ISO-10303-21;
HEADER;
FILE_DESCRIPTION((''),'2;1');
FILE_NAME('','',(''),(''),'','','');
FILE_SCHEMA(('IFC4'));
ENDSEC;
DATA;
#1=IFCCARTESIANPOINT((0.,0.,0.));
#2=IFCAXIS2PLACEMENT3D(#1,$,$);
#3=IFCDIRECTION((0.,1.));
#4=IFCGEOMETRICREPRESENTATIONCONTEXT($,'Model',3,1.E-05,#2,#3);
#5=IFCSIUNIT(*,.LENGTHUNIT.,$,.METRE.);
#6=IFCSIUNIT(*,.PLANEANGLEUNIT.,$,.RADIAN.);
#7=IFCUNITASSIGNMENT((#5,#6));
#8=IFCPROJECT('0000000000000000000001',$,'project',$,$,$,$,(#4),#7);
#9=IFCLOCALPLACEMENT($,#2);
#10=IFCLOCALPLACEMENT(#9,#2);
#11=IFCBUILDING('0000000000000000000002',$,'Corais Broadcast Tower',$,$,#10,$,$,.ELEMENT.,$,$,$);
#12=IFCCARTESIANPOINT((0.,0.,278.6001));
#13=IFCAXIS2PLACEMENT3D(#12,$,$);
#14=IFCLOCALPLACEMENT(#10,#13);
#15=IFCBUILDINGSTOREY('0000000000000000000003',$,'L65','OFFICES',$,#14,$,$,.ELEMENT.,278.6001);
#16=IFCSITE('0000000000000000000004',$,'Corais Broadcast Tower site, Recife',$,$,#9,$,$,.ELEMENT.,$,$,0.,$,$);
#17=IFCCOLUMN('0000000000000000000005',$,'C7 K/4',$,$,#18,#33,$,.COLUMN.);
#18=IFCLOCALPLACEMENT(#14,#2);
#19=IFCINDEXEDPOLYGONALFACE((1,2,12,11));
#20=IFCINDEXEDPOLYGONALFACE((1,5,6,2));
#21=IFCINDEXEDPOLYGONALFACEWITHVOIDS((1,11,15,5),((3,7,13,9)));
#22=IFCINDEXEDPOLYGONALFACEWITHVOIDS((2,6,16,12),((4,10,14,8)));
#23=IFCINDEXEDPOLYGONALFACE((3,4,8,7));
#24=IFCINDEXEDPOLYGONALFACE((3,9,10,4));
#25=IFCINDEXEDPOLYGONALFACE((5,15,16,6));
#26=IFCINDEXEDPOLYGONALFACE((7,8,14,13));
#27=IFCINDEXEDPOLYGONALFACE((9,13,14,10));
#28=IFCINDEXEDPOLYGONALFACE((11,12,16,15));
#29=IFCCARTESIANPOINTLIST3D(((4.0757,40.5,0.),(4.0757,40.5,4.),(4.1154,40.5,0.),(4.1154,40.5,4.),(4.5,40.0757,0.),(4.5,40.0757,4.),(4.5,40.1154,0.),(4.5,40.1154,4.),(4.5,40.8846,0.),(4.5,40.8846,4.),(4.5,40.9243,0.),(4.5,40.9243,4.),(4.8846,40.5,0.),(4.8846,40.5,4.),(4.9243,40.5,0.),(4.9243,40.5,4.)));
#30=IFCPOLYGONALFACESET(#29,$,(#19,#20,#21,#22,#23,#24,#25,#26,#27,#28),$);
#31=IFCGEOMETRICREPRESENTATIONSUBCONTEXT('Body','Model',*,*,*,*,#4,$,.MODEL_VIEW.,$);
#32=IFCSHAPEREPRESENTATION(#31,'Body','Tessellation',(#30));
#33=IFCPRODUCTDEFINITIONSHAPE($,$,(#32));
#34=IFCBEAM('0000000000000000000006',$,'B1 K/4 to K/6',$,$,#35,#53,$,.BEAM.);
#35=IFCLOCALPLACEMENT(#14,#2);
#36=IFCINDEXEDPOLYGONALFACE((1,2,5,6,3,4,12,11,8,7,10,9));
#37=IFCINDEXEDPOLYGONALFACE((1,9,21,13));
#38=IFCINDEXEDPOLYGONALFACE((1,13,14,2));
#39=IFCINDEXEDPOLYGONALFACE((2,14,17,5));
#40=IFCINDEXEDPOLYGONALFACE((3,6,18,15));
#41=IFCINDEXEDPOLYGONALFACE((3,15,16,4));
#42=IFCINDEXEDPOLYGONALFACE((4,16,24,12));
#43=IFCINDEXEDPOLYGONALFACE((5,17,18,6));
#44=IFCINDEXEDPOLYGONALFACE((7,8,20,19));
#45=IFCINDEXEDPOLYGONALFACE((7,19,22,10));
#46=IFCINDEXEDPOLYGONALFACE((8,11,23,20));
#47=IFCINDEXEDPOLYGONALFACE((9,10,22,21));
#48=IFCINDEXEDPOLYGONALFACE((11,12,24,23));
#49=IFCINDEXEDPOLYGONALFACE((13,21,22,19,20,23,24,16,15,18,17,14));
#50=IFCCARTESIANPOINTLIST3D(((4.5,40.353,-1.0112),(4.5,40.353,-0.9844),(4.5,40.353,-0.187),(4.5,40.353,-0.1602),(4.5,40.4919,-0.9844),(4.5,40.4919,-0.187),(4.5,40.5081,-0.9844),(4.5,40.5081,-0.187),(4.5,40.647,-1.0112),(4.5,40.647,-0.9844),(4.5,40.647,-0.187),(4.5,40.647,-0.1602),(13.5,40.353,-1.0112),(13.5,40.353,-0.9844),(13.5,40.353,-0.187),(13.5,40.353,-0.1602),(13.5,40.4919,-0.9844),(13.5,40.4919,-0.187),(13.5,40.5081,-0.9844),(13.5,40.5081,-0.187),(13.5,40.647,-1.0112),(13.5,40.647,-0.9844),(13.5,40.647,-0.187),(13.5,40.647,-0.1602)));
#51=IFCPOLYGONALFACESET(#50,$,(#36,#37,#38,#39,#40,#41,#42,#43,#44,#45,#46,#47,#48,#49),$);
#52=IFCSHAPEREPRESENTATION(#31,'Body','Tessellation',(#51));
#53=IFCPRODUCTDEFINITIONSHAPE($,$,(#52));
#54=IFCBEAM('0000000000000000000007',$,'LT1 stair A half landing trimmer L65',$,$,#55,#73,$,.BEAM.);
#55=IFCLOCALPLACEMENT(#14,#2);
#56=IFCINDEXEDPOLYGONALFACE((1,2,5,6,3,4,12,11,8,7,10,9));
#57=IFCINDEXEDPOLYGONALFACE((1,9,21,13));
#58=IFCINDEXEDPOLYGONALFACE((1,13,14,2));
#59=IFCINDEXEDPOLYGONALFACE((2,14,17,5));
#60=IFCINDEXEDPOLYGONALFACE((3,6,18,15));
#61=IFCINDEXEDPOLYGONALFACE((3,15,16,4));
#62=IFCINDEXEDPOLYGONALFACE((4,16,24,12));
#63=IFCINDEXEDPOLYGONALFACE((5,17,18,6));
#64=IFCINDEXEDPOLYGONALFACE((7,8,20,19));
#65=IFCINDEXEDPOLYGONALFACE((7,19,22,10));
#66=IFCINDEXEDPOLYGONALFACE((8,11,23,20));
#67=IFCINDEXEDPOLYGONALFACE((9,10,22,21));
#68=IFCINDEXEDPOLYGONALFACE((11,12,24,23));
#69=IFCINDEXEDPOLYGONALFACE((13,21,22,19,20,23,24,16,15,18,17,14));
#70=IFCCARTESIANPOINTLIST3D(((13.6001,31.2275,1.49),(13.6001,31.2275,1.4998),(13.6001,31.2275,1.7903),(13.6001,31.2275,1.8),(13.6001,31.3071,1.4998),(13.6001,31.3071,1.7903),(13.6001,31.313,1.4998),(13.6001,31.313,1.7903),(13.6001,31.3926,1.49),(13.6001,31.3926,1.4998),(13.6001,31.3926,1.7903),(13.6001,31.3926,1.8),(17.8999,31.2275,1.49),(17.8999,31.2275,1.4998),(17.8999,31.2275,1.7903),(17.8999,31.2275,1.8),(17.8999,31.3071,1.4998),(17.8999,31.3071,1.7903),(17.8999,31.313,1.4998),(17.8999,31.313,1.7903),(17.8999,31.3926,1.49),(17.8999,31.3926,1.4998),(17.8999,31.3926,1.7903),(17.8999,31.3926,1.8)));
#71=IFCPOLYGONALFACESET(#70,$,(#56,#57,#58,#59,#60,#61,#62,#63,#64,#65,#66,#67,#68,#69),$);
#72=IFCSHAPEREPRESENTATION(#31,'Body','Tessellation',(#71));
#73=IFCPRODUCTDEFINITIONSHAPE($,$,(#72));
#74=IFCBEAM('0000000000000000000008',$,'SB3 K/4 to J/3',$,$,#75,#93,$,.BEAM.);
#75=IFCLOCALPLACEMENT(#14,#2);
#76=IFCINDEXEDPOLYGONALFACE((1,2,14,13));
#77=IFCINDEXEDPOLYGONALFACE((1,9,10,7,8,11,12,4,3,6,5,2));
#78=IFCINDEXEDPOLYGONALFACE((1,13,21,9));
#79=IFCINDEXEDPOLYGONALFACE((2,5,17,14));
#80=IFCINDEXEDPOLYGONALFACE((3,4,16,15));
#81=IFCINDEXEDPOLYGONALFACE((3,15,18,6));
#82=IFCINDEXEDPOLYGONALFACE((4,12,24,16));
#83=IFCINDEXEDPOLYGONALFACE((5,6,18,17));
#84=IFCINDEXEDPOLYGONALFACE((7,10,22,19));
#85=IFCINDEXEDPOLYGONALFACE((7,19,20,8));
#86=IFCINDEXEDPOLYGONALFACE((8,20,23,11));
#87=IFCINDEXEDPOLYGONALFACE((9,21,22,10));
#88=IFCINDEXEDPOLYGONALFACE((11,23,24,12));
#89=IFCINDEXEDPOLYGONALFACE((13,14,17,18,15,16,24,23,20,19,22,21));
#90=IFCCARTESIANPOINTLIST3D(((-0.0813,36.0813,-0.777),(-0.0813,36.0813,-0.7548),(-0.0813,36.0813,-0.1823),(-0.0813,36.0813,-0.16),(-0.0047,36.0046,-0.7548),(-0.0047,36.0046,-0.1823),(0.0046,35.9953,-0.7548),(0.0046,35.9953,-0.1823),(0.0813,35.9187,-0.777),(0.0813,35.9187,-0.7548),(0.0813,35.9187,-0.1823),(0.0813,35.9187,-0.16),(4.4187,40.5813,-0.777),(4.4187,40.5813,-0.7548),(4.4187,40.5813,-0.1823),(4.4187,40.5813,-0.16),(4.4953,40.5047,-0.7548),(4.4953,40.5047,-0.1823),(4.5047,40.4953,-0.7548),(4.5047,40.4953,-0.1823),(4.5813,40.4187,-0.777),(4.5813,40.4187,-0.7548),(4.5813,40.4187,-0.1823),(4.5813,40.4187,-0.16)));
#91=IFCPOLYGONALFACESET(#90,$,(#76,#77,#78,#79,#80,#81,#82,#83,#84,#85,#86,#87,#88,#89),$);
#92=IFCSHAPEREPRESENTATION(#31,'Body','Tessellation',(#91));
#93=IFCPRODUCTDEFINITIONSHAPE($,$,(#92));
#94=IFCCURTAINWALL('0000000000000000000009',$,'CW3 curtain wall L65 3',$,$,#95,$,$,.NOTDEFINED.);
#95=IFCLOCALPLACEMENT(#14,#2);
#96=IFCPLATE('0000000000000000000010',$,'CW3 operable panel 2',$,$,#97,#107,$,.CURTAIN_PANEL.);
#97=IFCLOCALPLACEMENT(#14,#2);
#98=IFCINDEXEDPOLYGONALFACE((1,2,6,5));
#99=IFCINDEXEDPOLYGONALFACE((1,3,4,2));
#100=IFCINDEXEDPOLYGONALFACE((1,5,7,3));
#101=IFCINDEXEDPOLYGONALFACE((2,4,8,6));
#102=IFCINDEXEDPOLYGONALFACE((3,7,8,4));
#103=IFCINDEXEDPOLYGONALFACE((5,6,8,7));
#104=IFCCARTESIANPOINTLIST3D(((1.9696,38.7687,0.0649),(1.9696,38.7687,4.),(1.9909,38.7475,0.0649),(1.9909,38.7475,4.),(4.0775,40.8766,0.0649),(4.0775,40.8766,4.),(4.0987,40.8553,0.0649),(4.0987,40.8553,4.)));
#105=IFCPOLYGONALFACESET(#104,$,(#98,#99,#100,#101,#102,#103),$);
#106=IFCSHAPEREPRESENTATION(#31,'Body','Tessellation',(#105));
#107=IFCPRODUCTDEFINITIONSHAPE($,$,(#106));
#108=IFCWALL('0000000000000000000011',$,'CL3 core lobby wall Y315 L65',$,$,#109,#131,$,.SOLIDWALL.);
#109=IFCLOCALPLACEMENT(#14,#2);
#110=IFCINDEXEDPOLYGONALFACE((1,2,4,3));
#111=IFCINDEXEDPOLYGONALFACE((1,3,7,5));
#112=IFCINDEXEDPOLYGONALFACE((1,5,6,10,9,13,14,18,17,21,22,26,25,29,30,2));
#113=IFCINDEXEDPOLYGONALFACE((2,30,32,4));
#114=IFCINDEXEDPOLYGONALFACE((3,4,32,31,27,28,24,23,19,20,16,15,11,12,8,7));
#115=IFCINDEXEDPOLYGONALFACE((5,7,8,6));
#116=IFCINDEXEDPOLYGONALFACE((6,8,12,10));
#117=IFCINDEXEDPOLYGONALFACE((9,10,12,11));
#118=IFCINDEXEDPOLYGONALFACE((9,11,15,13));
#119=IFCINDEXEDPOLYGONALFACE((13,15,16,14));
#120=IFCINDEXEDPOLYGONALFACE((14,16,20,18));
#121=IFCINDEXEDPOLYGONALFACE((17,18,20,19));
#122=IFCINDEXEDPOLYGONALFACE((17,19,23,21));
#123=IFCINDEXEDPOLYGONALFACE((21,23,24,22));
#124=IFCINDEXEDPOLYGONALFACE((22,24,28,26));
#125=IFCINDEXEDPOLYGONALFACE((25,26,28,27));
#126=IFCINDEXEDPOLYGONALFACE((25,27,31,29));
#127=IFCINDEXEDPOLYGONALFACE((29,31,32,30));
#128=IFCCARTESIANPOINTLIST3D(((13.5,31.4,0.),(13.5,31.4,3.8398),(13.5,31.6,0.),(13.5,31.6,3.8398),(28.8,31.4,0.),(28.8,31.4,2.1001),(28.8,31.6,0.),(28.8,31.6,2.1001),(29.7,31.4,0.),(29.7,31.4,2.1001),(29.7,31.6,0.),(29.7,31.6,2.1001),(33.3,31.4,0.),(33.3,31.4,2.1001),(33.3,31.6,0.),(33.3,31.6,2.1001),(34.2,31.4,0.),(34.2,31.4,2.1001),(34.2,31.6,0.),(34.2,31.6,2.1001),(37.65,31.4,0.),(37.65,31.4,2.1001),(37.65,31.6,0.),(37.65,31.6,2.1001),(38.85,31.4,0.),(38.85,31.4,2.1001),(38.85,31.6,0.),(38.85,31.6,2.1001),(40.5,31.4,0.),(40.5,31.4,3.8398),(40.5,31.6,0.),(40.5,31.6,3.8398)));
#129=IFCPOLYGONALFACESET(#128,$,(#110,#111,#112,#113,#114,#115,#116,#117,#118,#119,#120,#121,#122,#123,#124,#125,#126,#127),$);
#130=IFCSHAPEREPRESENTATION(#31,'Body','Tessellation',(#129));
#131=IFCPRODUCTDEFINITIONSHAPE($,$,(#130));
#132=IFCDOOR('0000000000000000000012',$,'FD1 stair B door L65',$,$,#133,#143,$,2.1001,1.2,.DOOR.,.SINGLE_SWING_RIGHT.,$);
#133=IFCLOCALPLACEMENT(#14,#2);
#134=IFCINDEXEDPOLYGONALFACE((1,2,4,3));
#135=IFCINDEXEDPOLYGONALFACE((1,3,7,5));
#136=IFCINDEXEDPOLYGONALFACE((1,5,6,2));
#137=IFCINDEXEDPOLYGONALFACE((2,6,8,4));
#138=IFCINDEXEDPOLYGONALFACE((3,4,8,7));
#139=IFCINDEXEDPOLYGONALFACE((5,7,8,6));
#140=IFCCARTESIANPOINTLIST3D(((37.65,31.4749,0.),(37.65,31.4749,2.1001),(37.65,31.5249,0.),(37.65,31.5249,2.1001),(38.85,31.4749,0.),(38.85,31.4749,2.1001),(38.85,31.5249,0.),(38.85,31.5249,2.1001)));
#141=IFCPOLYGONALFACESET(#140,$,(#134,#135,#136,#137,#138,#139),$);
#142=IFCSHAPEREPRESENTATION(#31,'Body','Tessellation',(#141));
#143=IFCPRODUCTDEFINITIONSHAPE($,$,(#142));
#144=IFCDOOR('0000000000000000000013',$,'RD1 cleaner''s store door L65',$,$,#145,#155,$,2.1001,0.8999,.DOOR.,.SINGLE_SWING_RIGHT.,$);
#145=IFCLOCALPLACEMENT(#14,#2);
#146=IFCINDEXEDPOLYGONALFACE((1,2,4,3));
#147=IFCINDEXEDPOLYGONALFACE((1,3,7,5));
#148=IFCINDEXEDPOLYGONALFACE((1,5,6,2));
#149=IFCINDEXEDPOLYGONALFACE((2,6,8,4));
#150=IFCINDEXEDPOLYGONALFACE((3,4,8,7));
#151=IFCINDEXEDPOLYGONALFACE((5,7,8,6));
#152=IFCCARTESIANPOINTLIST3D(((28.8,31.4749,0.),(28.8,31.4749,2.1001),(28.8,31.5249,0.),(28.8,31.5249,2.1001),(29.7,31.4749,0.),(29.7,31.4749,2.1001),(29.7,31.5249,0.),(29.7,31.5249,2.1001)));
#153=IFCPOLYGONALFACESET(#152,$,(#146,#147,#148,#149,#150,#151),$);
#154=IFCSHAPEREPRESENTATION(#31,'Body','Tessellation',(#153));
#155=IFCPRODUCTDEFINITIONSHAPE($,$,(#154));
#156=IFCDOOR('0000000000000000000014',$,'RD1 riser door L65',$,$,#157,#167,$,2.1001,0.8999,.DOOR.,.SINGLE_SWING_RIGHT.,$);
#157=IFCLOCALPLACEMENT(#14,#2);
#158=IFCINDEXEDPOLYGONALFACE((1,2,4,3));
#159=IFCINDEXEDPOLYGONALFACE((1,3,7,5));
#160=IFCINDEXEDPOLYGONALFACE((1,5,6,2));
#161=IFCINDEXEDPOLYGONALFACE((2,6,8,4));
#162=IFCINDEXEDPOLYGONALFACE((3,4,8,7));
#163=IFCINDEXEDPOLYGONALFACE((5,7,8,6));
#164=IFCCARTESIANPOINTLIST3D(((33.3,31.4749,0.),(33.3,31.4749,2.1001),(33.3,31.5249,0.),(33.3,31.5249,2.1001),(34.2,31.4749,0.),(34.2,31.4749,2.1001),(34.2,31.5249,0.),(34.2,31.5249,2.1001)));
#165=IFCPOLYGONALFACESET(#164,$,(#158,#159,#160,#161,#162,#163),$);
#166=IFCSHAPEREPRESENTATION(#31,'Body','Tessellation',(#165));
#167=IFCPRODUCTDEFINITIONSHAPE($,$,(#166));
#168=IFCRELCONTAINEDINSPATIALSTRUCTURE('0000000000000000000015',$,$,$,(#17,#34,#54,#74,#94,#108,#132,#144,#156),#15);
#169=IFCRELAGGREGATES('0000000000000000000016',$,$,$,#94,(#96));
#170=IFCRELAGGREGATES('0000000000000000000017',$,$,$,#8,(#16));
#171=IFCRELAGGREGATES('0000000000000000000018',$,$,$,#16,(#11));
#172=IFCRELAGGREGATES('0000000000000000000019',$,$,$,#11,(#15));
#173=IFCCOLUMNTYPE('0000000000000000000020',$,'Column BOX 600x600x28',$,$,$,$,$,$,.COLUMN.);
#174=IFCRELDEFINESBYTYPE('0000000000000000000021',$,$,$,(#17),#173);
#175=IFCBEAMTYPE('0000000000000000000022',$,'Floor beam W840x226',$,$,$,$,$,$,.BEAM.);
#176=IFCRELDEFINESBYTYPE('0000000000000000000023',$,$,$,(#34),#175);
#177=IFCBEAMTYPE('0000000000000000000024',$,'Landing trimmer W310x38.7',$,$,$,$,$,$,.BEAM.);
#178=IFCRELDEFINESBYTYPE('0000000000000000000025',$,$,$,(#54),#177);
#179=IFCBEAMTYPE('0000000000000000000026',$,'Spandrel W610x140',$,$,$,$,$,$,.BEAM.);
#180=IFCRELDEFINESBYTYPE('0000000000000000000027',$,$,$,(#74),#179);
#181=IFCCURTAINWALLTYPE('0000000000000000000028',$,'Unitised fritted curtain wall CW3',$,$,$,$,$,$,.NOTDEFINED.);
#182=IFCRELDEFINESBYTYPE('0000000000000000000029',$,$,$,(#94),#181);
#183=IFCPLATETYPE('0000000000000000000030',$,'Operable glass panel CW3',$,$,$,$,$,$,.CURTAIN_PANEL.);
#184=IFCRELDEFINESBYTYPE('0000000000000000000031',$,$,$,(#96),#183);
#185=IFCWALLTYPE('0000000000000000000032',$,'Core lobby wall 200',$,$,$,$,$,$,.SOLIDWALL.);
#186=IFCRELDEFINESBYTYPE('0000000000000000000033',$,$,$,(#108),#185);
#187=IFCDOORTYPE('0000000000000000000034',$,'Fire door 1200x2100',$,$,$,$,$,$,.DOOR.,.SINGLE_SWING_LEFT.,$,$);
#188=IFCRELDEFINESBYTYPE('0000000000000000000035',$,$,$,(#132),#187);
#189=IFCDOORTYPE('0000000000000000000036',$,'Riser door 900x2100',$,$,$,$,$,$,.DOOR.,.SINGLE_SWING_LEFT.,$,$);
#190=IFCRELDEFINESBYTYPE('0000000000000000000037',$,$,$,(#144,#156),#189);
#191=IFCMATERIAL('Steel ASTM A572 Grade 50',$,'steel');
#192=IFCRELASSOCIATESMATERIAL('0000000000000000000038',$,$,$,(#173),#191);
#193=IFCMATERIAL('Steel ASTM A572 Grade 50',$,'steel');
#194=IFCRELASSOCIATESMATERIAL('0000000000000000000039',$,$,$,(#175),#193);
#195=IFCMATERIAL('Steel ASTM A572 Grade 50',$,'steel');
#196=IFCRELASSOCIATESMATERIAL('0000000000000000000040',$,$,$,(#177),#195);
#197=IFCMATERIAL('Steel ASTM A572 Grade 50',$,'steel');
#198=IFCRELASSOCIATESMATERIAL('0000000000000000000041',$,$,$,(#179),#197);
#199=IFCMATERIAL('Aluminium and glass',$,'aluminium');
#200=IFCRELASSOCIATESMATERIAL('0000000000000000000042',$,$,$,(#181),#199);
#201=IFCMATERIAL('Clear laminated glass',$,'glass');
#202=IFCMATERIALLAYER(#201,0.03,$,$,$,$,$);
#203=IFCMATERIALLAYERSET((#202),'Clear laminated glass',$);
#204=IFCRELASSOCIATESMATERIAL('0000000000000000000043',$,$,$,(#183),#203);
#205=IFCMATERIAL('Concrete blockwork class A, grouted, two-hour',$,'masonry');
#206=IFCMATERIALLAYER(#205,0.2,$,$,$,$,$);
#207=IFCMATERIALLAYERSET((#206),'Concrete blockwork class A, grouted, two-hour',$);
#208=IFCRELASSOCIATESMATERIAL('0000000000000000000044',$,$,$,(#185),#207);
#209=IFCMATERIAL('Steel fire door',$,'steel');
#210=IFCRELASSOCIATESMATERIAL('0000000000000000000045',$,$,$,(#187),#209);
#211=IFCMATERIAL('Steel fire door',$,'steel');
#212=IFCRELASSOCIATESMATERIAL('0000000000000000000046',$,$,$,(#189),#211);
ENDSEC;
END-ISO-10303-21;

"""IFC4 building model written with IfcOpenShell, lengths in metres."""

from ifc_helpers import new_model, si_unit, direction, frame, frame_2d, origin, origin_2d, place, context, subcontext, project, spatial, rectangle, hollow_rectangle, i_section, extrude, material, layer, layer_set, material_profile, profile_set, type_object, element, fill, aggregate, save


model = new_model("IFC4")

# Units and contexts
model_context = context("Model", 3, precision=1e-05, world=origin(), true_north=direction((0.0, 1.0)))
body_context = subcontext(model_context, "Body", "Model", "MODEL_VIEW")
ifc_project = project(units=[si_unit("LENGTHUNIT", "METRE"), si_unit("PLANEANGLEUNIT", "RADIAN")], contexts=[model_context])

# Site, building, storey
site_placement = place(None, origin())
site = spatial("IfcSite", under=ifc_project, at=site_placement, Name="Corais Broadcast Tower site, Recife", CompositionType="ELEMENT", RefElevation=0.0)
building_placement = place(site_placement, origin())
building = spatial("IfcBuilding", under=site, at=building_placement, Name="Corais Broadcast Tower", CompositionType="ELEMENT")
storey_placement = place(building_placement, frame((0.0, 0.0, 278.6001)))
storey = spatial("IfcBuildingStorey", under=building, at=storey_placement, Name="L65", Description="OFFICES", CompositionType="ELEMENT", Elevation=278.6001)

# Column
ifc_material_1 = material(Name="Steel ASTM A572 Grade 50", Category="steel")
ifc_material_profile_1 = material_profile(ifc_material_1, hollow_rectangle(XDim=0.6001, YDim=0.6001, WallThickness=0.0281, at=origin_2d()), Name="BOX 600x600x28")
ifc_profile_set_1 = profile_set([ifc_material_profile_1], Name="Steel ASTM A572 Grade 50")
column_type = type_object("IfcColumnType", Name="Column BOX 600x600x28", PredefinedType="COLUMN", material=ifc_profile_set_1)
column_placement = place(storey_placement, frame((4.5, 40.5, 0.0), z_axis=(0.0, 0.0, 1.0), x_axis=(0.707107, 0.707107, 0.0)))
element("IfcColumn", 1, at=column_placement, inside=storey, type_object=column_type, Name="C7 K/4", PredefinedType="COLUMN", context=body_context, shape_type="SweptSolid", body=[
    extrude(hollow_rectangle(XDim=0.6001, YDim=0.6001, WallThickness=0.0281, at=origin_2d()), origin(), (0.0, 0.0, 1.0), 4.0),
])

# Beams
ifc_material_2 = material(Name="Steel ASTM A572 Grade 50", Category="steel")
ifc_material_profile_2 = material_profile(ifc_material_2, i_section(OverallWidth=0.2939, OverallDepth=0.8511, WebThickness=0.0161, FlangeThickness=0.0269, at=origin_2d()), Name="W840x226")
ifc_profile_set_2 = profile_set([ifc_material_profile_2], Name="Steel ASTM A572 Grade 50")
beam_type_1 = type_object("IfcBeamType", Name="Floor beam W840x226", PredefinedType="BEAM", material=ifc_profile_set_2)
beam_1_placement = place(storey_placement, frame((4.5, 40.5, -0.5857), z_axis=(1.0, 0.0, 0.0), x_axis=(0.0, 1.0, 0.0)))
element("IfcBeam", 2, at=beam_1_placement, inside=storey, type_object=beam_type_1, Name="B1 K/4 to K/6", PredefinedType="BEAM", context=body_context, shape_type="SweptSolid", body=[
    extrude(i_section(OverallWidth=0.2939, OverallDepth=0.8511, WebThickness=0.0161, FlangeThickness=0.0269, at=origin_2d()), origin(), (0.0, 0.0, 1.0), 9.0),
])
ifc_material_3 = material(Name="Steel ASTM A572 Grade 50", Category="steel")
ifc_material_profile_3 = material_profile(ifc_material_3, i_section(OverallWidth=0.165, OverallDepth=0.3101, WebThickness=0.0059, FlangeThickness=0.0098, at=origin_2d()), Name="W310x38.7")
ifc_profile_set_3 = profile_set([ifc_material_profile_3], Name="Steel ASTM A572 Grade 50")
beam_type_2 = type_object("IfcBeamType", Name="Landing trimmer W310x38.7", PredefinedType="BEAM", material=ifc_profile_set_3)
beam_2_placement = place(storey_placement, frame((13.6001, 31.3101, 1.645), z_axis=(1.0, 0.0, 0.0), x_axis=(0.0, 1.0, 0.0)))
element("IfcBeam", 3, at=beam_2_placement, inside=storey, type_object=beam_type_2, Name="LT1 stair A half landing trimmer L65", PredefinedType="BEAM", context=body_context, shape_type="SweptSolid", body=[
    extrude(i_section(OverallWidth=0.165, OverallDepth=0.3101, WebThickness=0.0059, FlangeThickness=0.0098, at=origin_2d()), origin(), (0.0, 0.0, 1.0), 4.2998),
])
ifc_material_4 = material(Name="Steel ASTM A572 Grade 50", Category="steel")
ifc_material_profile_4 = material_profile(ifc_material_4, i_section(OverallWidth=0.23, OverallDepth=0.6169, WebThickness=0.0132, FlangeThickness=0.0222, at=origin_2d()), Name="W610x140")
ifc_profile_set_4 = profile_set([ifc_material_profile_4], Name="Steel ASTM A572 Grade 50")
beam_type_3 = type_object("IfcBeamType", Name="Spandrel W610x140", PredefinedType="BEAM", material=ifc_profile_set_4)
beam_3_placement = place(storey_placement, frame((4.5, 40.5, -0.4685), z_axis=(-0.707107, -0.707107, 0.0), x_axis=(0.707107, -0.707107, 0.0)))
element("IfcBeam", 4, at=beam_3_placement, inside=storey, type_object=beam_type_3, Name="SB3 K/4 to J/3", PredefinedType="BEAM", context=body_context, shape_type="SweptSolid", body=[
    extrude(i_section(OverallWidth=0.23, OverallDepth=0.6169, WebThickness=0.0132, FlangeThickness=0.0222, at=origin_2d()), origin(), (0.0, 0.0, 1.0), 6.364),
])

# Curtain wall, plate
ifc_material_5 = material(Name="Aluminium and glass", Category="aluminium")
curtain_wall_type = type_object("IfcCurtainWallType", Name="Unitised fritted curtain wall CW3", PredefinedType="NOTDEFINED", material=ifc_material_5)
curtain_wall_placement = place(storey_placement, origin())
curtain_wall = element("IfcCurtainWall", 5, at=curtain_wall_placement, inside=storey, type_object=curtain_wall_type, Name="CW3 curtain wall L65 3", PredefinedType="NOTDEFINED")
ifc_material_6 = material(Name="Clear laminated glass", Category="glass")
ifc_layer_1 = layer(ifc_material_6, 0.03)
ifc_layer_set_1 = layer_set([ifc_layer_1], Name="Clear laminated glass")
plate_type = type_object("IfcPlateType", Name="Operable glass panel CW3", PredefinedType="CURTAIN_PANEL", material=ifc_layer_set_1)
plate_placement = place(storey_placement, frame((3.0342, 39.812, 0.0649), z_axis=(0.0, 0.0, 1.0), x_axis=(0.707107, 0.707107, 0.0)))
plate = element("IfcPlate", 6, at=plate_placement, type_object=plate_type, Name="CW3 operable panel 2", PredefinedType="CURTAIN_PANEL", context=body_context, shape_type="SweptSolid", body=[
    extrude(rectangle(XDim=2.981, YDim=0.03, at=origin_2d()), origin(), (0.0, 0.0, 1.0), 3.9351),
])
aggregate(curtain_wall, [plate])

# Wall, openings, doors
ifc_material_7 = material(Name="Concrete blockwork class A, grouted, two-hour", Category="masonry")
ifc_layer_2 = layer(ifc_material_7, 0.2)
ifc_layer_set_2 = layer_set([ifc_layer_2], Name="Concrete blockwork class A, grouted, two-hour")
wall_type_1 = type_object("IfcWallType", Name="Core lobby wall 200", PredefinedType="SOLIDWALL", material=ifc_layer_set_2)
wall_1_placement = place(storey_placement, frame((13.5, 31.5, 0.0), z_axis=(0.0, 0.0, 1.0), x_axis=(1.0, 0.0, 0.0)))
wall_1 = element("IfcWall", 7, at=wall_1_placement, inside=storey, type_object=wall_type_1, Name="CL3 core lobby wall Y315 L65", PredefinedType="SOLIDWALL", context=body_context, shape_type="SweptSolid", body=[
    extrude(rectangle(XDim=27.0, YDim=0.2, at=frame_2d((13.5, 0.0))), origin(), (0.0, 0.0, 1.0), 3.8398),
])
opening_1_placement = place(wall_1_placement, frame((24.1499, 0.0, 0.0)))
opening_1 = element("IfcOpeningElement", 8, at=opening_1_placement, cuts=wall_1, PredefinedType="OPENING", context=body_context, shape_type="SweptSolid", body=[
    extrude(rectangle(XDim=1.2, YDim=2.1001, at=frame_2d((0.6001, 1.05))), frame((0.0, 0.1099, 0.0), z_axis=(0.0, -1.0, 0.0), x_axis=(1.0, 0.0, 0.0)), (0.0, 0.0, 1.0), 0.22),
])
opening_2_placement = place(wall_1_placement, frame((15.3, 0.0, 0.0)))
opening_2 = element("IfcOpeningElement", 9, at=opening_2_placement, cuts=wall_1, PredefinedType="OPENING", context=body_context, shape_type="SweptSolid", body=[
    extrude(rectangle(XDim=0.8999, YDim=2.1001, at=frame_2d((0.45, 1.05))), frame((0.0, 0.1099, 0.0), z_axis=(0.0, -1.0, 0.0), x_axis=(1.0, 0.0, 0.0)), (0.0, 0.0, 1.0), 0.22),
])
opening_3_placement = place(wall_1_placement, frame((19.8, 0.0, 0.0)))
opening_3 = element("IfcOpeningElement", 10, at=opening_3_placement, cuts=wall_1, PredefinedType="OPENING", context=body_context, shape_type="SweptSolid", body=[
    extrude(rectangle(XDim=0.8999, YDim=2.1001, at=frame_2d((0.45, 1.05))), frame((0.0, 0.1099, 0.0), z_axis=(0.0, -1.0, 0.0), x_axis=(1.0, 0.0, 0.0)), (0.0, 0.0, 1.0), 0.22),
])
ifc_material_8 = material(Name="Steel fire door", Category="steel")
door_type_1 = type_object("IfcDoorType", Name="Fire door 1200x2100", OperationType="SINGLE_SWING_LEFT", PredefinedType="DOOR", material=ifc_material_8)
door_1_placement = place(opening_1_placement, origin())
door_1 = element("IfcDoor", 11, at=door_1_placement, inside=storey, type_object=door_type_1, Name="FD1 stair B door L65", OperationType="SINGLE_SWING_RIGHT", OverallHeight=2.1001, OverallWidth=1.2, PredefinedType="DOOR", context=body_context, shape_type="SweptSolid", body=[
    extrude(rectangle(XDim=1.2, YDim=2.1001, at=frame_2d((0.6001, 1.05))), frame((0.0, 0.0249, 0.0), z_axis=(0.0, -1.0, 0.0), x_axis=(1.0, 0.0, 0.0)), (0.0, 0.0, 1.0), 0.05),
])
fill(opening_1, door_1)
ifc_material_9 = material(Name="Steel fire door", Category="steel")
door_type_2 = type_object("IfcDoorType", Name="Riser door 900x2100", OperationType="SINGLE_SWING_LEFT", PredefinedType="DOOR", material=ifc_material_9)
door_2_placement = place(opening_2_placement, origin())
door_2 = element("IfcDoor", 12, at=door_2_placement, inside=storey, type_object=door_type_2, Name="RD1 cleaner's store door L65", OperationType="SINGLE_SWING_RIGHT", OverallHeight=2.1001, OverallWidth=0.8999, PredefinedType="DOOR", context=body_context, shape_type="SweptSolid", body=[
    extrude(rectangle(XDim=0.8999, YDim=2.1001, at=frame_2d((0.45, 1.05))), frame((0.0, 0.0249, 0.0), z_axis=(0.0, -1.0, 0.0), x_axis=(1.0, 0.0, 0.0)), (0.0, 0.0, 1.0), 0.05),
])
fill(opening_2, door_2)
door_3_placement = place(opening_3_placement, origin())
door_3 = element("IfcDoor", 13, at=door_3_placement, inside=storey, type_object=door_type_2, Name="RD1 riser door L65", OperationType="SINGLE_SWING_RIGHT", OverallHeight=2.1001, OverallWidth=0.8999, PredefinedType="DOOR", context=body_context, shape_type="SweptSolid", body=[
    extrude(rectangle(XDim=0.8999, YDim=2.1001, at=frame_2d((0.45, 1.05))), frame((0.0, 0.0249, 0.0), z_axis=(0.0, -1.0, 0.0), x_axis=(1.0, 0.0, 0.0)), (0.0, 0.0, 1.0), 0.05),
])
fill(opening_3, door_3)

save(model, "model.ifc")
